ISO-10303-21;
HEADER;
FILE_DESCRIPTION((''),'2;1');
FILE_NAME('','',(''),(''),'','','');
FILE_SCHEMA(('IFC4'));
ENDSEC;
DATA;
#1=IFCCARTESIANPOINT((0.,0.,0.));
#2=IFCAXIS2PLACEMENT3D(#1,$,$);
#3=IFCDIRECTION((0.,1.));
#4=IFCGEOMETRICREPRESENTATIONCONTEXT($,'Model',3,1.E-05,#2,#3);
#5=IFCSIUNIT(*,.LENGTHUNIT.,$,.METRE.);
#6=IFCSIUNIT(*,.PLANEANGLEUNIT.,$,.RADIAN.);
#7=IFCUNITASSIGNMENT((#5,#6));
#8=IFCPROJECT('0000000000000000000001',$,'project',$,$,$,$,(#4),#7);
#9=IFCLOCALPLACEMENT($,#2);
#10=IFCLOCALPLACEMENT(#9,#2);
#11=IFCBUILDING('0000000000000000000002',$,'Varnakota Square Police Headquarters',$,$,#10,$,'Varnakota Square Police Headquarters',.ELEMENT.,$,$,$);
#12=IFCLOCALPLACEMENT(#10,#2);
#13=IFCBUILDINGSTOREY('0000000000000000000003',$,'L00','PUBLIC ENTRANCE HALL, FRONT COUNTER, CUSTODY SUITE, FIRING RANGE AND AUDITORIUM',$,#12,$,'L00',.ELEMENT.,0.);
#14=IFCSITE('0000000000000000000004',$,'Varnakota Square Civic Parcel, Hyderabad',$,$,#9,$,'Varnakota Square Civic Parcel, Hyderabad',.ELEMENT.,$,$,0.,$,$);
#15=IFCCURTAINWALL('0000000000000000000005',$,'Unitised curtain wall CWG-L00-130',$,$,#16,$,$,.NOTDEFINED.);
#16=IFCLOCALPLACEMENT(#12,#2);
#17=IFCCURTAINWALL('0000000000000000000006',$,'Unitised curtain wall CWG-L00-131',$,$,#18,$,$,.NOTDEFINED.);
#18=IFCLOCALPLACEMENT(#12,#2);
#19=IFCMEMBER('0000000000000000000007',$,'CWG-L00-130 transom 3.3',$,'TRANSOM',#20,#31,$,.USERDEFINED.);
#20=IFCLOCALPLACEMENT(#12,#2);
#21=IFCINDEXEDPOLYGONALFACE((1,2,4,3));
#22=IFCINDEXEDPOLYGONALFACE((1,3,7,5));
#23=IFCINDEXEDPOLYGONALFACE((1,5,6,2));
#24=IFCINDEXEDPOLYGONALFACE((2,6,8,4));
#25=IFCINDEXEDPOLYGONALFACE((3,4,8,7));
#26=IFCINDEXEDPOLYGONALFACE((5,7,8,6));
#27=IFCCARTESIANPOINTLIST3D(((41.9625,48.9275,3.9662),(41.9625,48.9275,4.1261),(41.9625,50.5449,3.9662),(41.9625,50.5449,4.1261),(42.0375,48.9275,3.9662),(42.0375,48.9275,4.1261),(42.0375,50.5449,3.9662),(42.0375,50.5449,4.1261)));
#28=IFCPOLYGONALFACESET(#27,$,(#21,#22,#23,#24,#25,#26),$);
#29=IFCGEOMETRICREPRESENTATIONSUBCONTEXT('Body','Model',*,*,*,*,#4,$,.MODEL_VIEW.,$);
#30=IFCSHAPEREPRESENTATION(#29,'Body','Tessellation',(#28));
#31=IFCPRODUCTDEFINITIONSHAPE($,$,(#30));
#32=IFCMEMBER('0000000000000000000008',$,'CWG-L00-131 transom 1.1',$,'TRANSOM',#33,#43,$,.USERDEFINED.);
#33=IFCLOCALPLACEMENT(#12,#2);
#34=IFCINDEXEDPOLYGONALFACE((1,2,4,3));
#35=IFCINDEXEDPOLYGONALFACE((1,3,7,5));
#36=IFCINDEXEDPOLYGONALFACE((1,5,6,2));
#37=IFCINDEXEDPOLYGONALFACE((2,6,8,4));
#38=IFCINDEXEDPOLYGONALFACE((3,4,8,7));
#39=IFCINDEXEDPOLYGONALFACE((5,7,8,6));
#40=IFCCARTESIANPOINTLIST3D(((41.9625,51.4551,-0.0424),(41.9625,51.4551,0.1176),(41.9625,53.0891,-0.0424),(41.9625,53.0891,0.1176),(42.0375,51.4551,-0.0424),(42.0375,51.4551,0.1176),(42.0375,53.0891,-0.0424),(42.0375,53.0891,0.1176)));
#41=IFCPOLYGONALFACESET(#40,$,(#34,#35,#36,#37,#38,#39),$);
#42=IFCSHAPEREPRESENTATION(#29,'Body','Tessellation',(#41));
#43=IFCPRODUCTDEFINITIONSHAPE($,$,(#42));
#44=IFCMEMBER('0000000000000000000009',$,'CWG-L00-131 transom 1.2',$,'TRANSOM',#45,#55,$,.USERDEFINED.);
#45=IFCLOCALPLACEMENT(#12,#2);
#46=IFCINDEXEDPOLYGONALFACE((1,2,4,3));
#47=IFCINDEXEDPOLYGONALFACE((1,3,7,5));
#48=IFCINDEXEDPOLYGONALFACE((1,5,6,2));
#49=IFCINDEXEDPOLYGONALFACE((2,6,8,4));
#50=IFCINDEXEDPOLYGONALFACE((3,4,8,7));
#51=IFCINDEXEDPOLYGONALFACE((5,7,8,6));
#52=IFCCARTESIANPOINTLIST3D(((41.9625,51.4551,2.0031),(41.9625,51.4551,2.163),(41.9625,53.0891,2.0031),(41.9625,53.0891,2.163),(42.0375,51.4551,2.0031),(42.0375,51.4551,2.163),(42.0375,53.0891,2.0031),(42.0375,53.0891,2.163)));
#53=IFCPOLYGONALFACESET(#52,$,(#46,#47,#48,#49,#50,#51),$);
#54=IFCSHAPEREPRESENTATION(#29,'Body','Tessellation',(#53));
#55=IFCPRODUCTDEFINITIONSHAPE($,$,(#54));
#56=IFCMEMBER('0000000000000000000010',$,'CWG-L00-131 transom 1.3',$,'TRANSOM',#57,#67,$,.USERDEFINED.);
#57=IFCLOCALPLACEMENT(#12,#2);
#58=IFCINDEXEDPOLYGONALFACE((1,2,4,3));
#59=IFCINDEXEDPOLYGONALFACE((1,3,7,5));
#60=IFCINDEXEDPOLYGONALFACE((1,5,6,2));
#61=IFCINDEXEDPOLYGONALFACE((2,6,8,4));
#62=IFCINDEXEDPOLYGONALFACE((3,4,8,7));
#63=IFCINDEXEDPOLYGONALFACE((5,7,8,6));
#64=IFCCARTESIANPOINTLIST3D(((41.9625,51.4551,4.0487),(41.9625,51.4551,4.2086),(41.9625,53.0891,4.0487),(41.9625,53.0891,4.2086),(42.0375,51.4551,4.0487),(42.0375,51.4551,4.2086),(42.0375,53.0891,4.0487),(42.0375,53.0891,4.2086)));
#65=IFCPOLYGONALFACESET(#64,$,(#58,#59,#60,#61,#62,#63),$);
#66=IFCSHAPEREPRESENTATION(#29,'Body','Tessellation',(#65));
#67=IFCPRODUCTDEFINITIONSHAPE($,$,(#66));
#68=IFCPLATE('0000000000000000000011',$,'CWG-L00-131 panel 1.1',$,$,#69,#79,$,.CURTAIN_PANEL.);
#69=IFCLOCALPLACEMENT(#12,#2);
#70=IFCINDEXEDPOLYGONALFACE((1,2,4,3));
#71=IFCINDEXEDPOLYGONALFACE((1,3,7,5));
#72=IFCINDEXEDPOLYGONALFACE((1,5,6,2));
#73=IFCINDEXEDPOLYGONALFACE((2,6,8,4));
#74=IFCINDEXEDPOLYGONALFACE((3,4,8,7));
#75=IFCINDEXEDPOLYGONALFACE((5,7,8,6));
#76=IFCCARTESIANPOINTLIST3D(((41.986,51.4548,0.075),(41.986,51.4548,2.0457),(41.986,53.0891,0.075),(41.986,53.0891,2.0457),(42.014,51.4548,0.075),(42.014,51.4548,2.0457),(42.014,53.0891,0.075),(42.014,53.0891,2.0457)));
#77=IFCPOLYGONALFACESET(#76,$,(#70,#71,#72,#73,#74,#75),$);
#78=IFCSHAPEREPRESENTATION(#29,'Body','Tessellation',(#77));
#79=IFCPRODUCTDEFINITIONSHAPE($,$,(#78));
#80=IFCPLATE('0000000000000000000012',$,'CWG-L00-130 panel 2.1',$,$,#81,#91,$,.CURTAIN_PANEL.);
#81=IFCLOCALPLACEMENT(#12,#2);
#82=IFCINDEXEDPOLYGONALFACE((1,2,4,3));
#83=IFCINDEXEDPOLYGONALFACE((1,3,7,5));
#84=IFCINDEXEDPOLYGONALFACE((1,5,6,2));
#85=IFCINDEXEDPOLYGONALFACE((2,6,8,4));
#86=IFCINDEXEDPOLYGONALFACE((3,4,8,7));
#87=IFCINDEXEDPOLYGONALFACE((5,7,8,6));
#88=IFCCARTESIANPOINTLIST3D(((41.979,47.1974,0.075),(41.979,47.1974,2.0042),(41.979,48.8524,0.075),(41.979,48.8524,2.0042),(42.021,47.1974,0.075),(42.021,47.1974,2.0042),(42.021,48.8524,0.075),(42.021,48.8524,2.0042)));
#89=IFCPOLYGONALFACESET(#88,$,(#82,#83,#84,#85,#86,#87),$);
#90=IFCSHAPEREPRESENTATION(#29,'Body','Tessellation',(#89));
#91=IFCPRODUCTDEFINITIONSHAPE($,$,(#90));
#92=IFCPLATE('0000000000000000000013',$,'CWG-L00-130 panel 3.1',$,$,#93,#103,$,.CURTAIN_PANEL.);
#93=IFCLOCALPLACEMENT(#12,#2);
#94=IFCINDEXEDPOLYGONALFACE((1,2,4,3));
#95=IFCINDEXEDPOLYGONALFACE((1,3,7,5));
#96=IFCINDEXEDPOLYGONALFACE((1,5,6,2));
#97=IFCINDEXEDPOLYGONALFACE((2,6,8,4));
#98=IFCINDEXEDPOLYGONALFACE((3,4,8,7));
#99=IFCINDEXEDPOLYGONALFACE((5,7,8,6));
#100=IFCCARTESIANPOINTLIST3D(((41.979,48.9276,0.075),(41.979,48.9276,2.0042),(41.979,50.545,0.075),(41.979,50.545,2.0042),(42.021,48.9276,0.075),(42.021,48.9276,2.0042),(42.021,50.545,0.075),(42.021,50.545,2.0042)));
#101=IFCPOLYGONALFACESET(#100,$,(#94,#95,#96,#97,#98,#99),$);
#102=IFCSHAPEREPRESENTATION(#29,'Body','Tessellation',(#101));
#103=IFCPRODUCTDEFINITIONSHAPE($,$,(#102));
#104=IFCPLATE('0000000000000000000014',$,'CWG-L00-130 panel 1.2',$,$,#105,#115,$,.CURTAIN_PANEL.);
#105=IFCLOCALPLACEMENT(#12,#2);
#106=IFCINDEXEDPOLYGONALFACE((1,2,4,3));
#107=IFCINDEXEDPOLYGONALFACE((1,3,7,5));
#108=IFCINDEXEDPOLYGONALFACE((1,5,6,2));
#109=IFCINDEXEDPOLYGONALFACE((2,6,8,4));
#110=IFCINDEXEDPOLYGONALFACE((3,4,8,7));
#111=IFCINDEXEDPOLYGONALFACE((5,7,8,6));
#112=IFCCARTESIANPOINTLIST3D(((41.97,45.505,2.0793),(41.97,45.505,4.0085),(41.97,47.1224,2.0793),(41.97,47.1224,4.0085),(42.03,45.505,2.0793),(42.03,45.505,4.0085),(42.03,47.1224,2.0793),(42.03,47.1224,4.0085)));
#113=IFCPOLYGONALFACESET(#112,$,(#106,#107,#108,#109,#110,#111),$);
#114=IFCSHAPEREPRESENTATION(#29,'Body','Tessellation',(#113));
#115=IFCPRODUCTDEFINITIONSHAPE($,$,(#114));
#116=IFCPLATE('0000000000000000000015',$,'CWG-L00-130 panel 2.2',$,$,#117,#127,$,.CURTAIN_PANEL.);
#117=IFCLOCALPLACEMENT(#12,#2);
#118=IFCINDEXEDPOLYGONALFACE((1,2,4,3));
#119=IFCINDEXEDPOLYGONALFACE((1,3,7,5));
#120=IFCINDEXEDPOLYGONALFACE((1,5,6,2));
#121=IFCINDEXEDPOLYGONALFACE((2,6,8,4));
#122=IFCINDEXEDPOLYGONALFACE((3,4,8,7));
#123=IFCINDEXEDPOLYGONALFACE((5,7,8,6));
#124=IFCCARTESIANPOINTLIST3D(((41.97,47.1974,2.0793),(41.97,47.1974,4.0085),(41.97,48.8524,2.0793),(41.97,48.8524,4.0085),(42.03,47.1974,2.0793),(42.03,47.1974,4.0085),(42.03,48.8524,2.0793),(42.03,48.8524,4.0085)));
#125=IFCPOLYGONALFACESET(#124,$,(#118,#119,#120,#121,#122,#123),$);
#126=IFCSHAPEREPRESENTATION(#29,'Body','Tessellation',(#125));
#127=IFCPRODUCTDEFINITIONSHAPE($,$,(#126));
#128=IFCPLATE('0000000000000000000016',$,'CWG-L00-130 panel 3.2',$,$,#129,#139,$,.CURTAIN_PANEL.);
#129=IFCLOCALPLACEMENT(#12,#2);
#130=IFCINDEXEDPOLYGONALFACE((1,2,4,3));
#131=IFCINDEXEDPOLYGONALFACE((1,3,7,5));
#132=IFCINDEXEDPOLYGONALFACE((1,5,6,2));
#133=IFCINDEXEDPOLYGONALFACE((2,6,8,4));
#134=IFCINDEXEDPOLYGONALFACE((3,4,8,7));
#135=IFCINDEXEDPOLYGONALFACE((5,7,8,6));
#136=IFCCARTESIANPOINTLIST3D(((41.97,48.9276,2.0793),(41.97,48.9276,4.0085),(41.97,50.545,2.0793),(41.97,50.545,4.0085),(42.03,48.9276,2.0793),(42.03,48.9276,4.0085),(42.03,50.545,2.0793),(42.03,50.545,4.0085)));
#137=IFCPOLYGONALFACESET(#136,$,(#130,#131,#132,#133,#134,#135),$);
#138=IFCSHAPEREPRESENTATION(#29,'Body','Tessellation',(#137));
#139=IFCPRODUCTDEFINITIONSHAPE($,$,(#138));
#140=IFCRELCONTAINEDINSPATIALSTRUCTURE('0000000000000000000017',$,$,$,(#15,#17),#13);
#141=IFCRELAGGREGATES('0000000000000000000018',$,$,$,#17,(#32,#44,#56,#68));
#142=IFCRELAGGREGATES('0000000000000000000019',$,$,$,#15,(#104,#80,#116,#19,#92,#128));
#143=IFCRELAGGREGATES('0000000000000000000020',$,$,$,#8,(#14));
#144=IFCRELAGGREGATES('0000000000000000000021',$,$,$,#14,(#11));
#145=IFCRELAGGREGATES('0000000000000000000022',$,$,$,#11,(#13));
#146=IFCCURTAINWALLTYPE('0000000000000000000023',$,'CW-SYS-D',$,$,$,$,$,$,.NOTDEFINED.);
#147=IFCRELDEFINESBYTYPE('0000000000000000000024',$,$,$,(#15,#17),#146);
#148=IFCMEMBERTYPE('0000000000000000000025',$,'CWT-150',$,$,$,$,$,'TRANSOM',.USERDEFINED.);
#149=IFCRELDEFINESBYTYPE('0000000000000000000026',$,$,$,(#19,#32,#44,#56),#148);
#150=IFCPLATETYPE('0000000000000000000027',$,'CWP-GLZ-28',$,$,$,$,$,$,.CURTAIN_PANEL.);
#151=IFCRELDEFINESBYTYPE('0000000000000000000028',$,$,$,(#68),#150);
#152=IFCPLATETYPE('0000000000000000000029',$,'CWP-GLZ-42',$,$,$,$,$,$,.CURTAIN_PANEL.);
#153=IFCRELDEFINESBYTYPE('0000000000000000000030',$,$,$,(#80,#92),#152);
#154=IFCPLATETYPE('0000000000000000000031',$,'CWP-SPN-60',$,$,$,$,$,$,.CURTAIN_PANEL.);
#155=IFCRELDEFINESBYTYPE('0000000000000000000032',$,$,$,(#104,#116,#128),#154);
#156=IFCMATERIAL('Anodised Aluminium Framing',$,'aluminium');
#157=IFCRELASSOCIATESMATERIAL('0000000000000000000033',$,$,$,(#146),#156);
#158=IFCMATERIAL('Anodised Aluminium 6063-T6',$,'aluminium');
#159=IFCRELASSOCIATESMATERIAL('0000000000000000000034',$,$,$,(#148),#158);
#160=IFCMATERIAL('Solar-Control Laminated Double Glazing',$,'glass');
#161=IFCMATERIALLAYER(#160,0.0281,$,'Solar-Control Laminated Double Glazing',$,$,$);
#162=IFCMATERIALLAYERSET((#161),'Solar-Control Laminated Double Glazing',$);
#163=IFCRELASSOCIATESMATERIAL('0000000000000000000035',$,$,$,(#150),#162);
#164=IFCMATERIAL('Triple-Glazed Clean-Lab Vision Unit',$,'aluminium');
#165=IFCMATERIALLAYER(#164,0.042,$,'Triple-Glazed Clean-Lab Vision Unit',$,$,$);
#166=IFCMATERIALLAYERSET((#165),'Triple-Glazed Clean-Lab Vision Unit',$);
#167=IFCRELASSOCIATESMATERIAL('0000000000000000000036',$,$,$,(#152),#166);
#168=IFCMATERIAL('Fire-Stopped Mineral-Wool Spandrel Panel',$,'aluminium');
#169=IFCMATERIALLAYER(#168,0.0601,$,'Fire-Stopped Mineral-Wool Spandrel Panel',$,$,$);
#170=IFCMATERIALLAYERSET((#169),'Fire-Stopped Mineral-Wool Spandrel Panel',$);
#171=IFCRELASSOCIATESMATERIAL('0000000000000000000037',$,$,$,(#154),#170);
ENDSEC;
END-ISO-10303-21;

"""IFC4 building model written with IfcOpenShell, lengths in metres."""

from ifc_helpers import new_model, si_unit, direction, frame, origin, origin_2d, place, context, subcontext, project, spatial, rectangle, extrude, material, layer, layer_set, material_profile, profile_set, type_object, element, aggregate, save


model = new_model("IFC4")

# Units and contexts
model_context = context("Model", 3, precision=1e-05, world=origin(), true_north=direction((0.0, 1.0)))
body_context = subcontext(model_context, "Body", "Model", "MODEL_VIEW")
ifc_project = project(units=[si_unit("LENGTHUNIT", "METRE"), si_unit("PLANEANGLEUNIT", "RADIAN")], contexts=[model_context])

# Site, building, storey
site_placement = place(None, origin())
site = spatial("IfcSite", under=ifc_project, at=site_placement, Name="Varnakota Square Civic Parcel, Hyderabad", LongName="Varnakota Square Civic Parcel, Hyderabad", CompositionType="ELEMENT", RefElevation=0.0)
building_placement = place(site_placement, origin())
building = spatial("IfcBuilding", under=site, at=building_placement, Name="Varnakota Square Police Headquarters", LongName="Varnakota Square Police Headquarters", CompositionType="ELEMENT")
storey_placement = place(building_placement, origin())
storey = spatial("IfcBuildingStorey", under=building, at=storey_placement, Name="L00", Description="PUBLIC ENTRANCE HALL, FRONT COUNTER, CUSTODY SUITE, FIRING RANGE AND AUDITORIUM", LongName="L00", CompositionType="ELEMENT", Elevation=0.0)

# Curtain wall
ifc_material_1 = material(Name="Anodised Aluminium Framing", Category="aluminium")
curtain_wall_type = type_object("IfcCurtainWallType", Name="CW-SYS-D", PredefinedType="NOTDEFINED", material=ifc_material_1)
curtain_wall_1_placement = place(storey_placement, origin())
curtain_wall_1 = element("IfcCurtainWall", 1, at=curtain_wall_1_placement, inside=storey, type_object=curtain_wall_type, Name="Unitised curtain wall CWG-L00-130", PredefinedType="NOTDEFINED")
ifc_material_2 = material(Name="Anodised Aluminium 6063-T6", Category="aluminium")

# Curtain wall
curtain_wall_2_placement = place(storey_placement, origin())
curtain_wall_2 = element("IfcCurtainWall", 2, at=curtain_wall_2_placement, inside=storey, type_object=curtain_wall_type, Name="Unitised curtain wall CWG-L00-131", PredefinedType="NOTDEFINED")

# Members
ifc_material_profile_1 = material_profile(ifc_material_2, rectangle(XDim=0.075, YDim=0.1599, at=origin_2d()), Name="ALU TRANSOM 75x160")
ifc_profile_set_1 = profile_set([ifc_material_profile_1], Name="Anodised Aluminium 6063-T6")
member_type_1 = type_object("IfcMemberType", Name="CWT-150", ElementType="TRANSOM", PredefinedType="USERDEFINED", material=ifc_profile_set_1)
member_1_placement = place(storey_placement, frame((42.0, 48.9275, 4.0461), z_axis=(0.0, 1.0, 0.0), x_axis=(-1.0, 0.0, 0.0)))
member_1 = element("IfcMember", 3, at=member_1_placement, type_object=member_type_1, Name="CWG-L00-130 transom 3.3", ObjectType="TRANSOM", PredefinedType="USERDEFINED", context=body_context, shape_type="SweptSolid", body=[
    extrude(rectangle(XDim=0.075, YDim=0.1599, at=origin_2d()), origin(), (0.0, 0.0, 1.0), 1.6174),
])
member_2_placement = place(storey_placement, frame((42.0, 51.4551, 0.0376), z_axis=(0.0, 1.0, 0.0), x_axis=(-1.0, 0.0, 0.0)))
member_2 = element("IfcMember", 4, at=member_2_placement, type_object=member_type_1, Name="CWG-L00-131 transom 1.1", ObjectType="TRANSOM", PredefinedType="USERDEFINED", context=body_context, shape_type="SweptSolid", body=[
    extrude(rectangle(XDim=0.075, YDim=0.1599, at=origin_2d()), origin(), (0.0, 0.0, 1.0), 1.634),
])
member_3_placement = place(storey_placement, frame((42.0, 51.4551, 2.083), z_axis=(0.0, 1.0, 0.0), x_axis=(-1.0, 0.0, 0.0)))
member_3 = element("IfcMember", 5, at=member_3_placement, type_object=member_type_1, Name="CWG-L00-131 transom 1.2", ObjectType="TRANSOM", PredefinedType="USERDEFINED", context=body_context, shape_type="SweptSolid", body=[
    extrude(rectangle(XDim=0.075, YDim=0.1599, at=origin_2d()), origin(), (0.0, 0.0, 1.0), 1.634),
])
member_4_placement = place(storey_placement, frame((42.0, 51.4551, 4.1287), z_axis=(0.0, 1.0, 0.0), x_axis=(-1.0, 0.0, 0.0)))
member_4 = element("IfcMember", 6, at=member_4_placement, type_object=member_type_1, Name="CWG-L00-131 transom 1.3", ObjectType="TRANSOM", PredefinedType="USERDEFINED", context=body_context, shape_type="SweptSolid", body=[
    extrude(rectangle(XDim=0.075, YDim=0.1599, at=origin_2d()), origin(), (0.0, 0.0, 1.0), 1.634),
])

# Plates
ifc_material_3 = material(Name="Solar-Control Laminated Double Glazing", Category="glass")
ifc_layer_1 = layer(ifc_material_3, 0.0281, Name="Solar-Control Laminated Double Glazing")
ifc_layer_set_1 = layer_set([ifc_layer_1], Name="Solar-Control Laminated Double Glazing")
plate_type_1 = type_object("IfcPlateType", Name="CWP-GLZ-28", PredefinedType="CURTAIN_PANEL", material=ifc_layer_set_1)
plate_1_placement = place(storey_placement, frame((42.0, 52.272, 0.075), z_axis=(0.0, 0.0, 1.0), x_axis=(0.0, 1.0, 0.0)))
plate_1 = element("IfcPlate", 7, at=plate_1_placement, type_object=plate_type_1, Name="CWG-L00-131 panel 1.1", PredefinedType="CURTAIN_PANEL", context=body_context, shape_type="SweptSolid", body=[
    extrude(rectangle(XDim=1.6343, YDim=0.0281, at=origin_2d()), origin(), (0.0, 0.0, 1.0), 1.9707),
])
aggregate(curtain_wall_2, [member_2, member_3, member_4, plate_1])
ifc_material_4 = material(Name="Triple-Glazed Clean-Lab Vision Unit", Category="aluminium")
ifc_layer_2 = layer(ifc_material_4, 0.042, Name="Triple-Glazed Clean-Lab Vision Unit")
ifc_layer_set_2 = layer_set([ifc_layer_2], Name="Triple-Glazed Clean-Lab Vision Unit")
plate_type_2 = type_object("IfcPlateType", Name="CWP-GLZ-42", PredefinedType="CURTAIN_PANEL", material=ifc_layer_set_2)
plate_2_placement = place(storey_placement, frame((42.0, 48.0249, 0.075), z_axis=(0.0, 0.0, 1.0), x_axis=(0.0, 1.0, 0.0)))
plate_2 = element("IfcPlate", 8, at=plate_2_placement, type_object=plate_type_2, Name="CWG-L00-130 panel 2.1", PredefinedType="CURTAIN_PANEL", context=body_context, shape_type="SweptSolid", body=[
    extrude(rectangle(XDim=1.655, YDim=0.042, at=origin_2d()), origin(), (0.0, 0.0, 1.0), 1.9292),
])
plate_3_placement = place(storey_placement, frame((42.0, 49.7363, 0.075), z_axis=(0.0, 0.0, 1.0), x_axis=(0.0, 1.0, 0.0)))
plate_3 = element("IfcPlate", 9, at=plate_3_placement, type_object=plate_type_2, Name="CWG-L00-130 panel 3.1", PredefinedType="CURTAIN_PANEL", context=body_context, shape_type="SweptSolid", body=[
    extrude(rectangle(XDim=1.6174, YDim=0.042, at=origin_2d()), origin(), (0.0, 0.0, 1.0), 1.9292),
])
ifc_material_5 = material(Name="Fire-Stopped Mineral-Wool Spandrel Panel", Category="aluminium")
ifc_layer_3 = layer(ifc_material_5, 0.0601, Name="Fire-Stopped Mineral-Wool Spandrel Panel")
ifc_layer_set_3 = layer_set([ifc_layer_3], Name="Fire-Stopped Mineral-Wool Spandrel Panel")
plate_type_3 = type_object("IfcPlateType", Name="CWP-SPN-60", PredefinedType="CURTAIN_PANEL", material=ifc_layer_set_3)
plate_4_placement = place(storey_placement, frame((42.0, 46.3137, 2.0793), z_axis=(0.0, 0.0, 1.0), x_axis=(0.0, 1.0, 0.0)))
plate_4 = element("IfcPlate", 10, at=plate_4_placement, type_object=plate_type_3, Name="CWG-L00-130 panel 1.2", PredefinedType="CURTAIN_PANEL", context=body_context, shape_type="SweptSolid", body=[
    extrude(rectangle(XDim=1.6174, YDim=0.0601, at=origin_2d()), origin(), (0.0, 0.0, 1.0), 1.9292),
])
plate_5_placement = place(storey_placement, frame((42.0, 48.0249, 2.0793), z_axis=(0.0, 0.0, 1.0), x_axis=(0.0, 1.0, 0.0)))
plate_5 = element("IfcPlate", 11, at=plate_5_placement, type_object=plate_type_3, Name="CWG-L00-130 panel 2.2", PredefinedType="CURTAIN_PANEL", context=body_context, shape_type="SweptSolid", body=[
    extrude(rectangle(XDim=1.655, YDim=0.0601, at=origin_2d()), origin(), (0.0, 0.0, 1.0), 1.9292),
])
plate_6_placement = place(storey_placement, frame((42.0, 49.7363, 2.0793), z_axis=(0.0, 0.0, 1.0), x_axis=(0.0, 1.0, 0.0)))
plate_6 = element("IfcPlate", 12, at=plate_6_placement, type_object=plate_type_3, Name="CWG-L00-130 panel 3.2", PredefinedType="CURTAIN_PANEL", context=body_context, shape_type="SweptSolid", body=[
    extrude(rectangle(XDim=1.6174, YDim=0.0601, at=origin_2d()), origin(), (0.0, 0.0, 1.0), 1.9292),
])
aggregate(curtain_wall_1, [plate_4, plate_2, plate_5, member_1, plate_3, plate_6])

save(model, "model.ifc")
